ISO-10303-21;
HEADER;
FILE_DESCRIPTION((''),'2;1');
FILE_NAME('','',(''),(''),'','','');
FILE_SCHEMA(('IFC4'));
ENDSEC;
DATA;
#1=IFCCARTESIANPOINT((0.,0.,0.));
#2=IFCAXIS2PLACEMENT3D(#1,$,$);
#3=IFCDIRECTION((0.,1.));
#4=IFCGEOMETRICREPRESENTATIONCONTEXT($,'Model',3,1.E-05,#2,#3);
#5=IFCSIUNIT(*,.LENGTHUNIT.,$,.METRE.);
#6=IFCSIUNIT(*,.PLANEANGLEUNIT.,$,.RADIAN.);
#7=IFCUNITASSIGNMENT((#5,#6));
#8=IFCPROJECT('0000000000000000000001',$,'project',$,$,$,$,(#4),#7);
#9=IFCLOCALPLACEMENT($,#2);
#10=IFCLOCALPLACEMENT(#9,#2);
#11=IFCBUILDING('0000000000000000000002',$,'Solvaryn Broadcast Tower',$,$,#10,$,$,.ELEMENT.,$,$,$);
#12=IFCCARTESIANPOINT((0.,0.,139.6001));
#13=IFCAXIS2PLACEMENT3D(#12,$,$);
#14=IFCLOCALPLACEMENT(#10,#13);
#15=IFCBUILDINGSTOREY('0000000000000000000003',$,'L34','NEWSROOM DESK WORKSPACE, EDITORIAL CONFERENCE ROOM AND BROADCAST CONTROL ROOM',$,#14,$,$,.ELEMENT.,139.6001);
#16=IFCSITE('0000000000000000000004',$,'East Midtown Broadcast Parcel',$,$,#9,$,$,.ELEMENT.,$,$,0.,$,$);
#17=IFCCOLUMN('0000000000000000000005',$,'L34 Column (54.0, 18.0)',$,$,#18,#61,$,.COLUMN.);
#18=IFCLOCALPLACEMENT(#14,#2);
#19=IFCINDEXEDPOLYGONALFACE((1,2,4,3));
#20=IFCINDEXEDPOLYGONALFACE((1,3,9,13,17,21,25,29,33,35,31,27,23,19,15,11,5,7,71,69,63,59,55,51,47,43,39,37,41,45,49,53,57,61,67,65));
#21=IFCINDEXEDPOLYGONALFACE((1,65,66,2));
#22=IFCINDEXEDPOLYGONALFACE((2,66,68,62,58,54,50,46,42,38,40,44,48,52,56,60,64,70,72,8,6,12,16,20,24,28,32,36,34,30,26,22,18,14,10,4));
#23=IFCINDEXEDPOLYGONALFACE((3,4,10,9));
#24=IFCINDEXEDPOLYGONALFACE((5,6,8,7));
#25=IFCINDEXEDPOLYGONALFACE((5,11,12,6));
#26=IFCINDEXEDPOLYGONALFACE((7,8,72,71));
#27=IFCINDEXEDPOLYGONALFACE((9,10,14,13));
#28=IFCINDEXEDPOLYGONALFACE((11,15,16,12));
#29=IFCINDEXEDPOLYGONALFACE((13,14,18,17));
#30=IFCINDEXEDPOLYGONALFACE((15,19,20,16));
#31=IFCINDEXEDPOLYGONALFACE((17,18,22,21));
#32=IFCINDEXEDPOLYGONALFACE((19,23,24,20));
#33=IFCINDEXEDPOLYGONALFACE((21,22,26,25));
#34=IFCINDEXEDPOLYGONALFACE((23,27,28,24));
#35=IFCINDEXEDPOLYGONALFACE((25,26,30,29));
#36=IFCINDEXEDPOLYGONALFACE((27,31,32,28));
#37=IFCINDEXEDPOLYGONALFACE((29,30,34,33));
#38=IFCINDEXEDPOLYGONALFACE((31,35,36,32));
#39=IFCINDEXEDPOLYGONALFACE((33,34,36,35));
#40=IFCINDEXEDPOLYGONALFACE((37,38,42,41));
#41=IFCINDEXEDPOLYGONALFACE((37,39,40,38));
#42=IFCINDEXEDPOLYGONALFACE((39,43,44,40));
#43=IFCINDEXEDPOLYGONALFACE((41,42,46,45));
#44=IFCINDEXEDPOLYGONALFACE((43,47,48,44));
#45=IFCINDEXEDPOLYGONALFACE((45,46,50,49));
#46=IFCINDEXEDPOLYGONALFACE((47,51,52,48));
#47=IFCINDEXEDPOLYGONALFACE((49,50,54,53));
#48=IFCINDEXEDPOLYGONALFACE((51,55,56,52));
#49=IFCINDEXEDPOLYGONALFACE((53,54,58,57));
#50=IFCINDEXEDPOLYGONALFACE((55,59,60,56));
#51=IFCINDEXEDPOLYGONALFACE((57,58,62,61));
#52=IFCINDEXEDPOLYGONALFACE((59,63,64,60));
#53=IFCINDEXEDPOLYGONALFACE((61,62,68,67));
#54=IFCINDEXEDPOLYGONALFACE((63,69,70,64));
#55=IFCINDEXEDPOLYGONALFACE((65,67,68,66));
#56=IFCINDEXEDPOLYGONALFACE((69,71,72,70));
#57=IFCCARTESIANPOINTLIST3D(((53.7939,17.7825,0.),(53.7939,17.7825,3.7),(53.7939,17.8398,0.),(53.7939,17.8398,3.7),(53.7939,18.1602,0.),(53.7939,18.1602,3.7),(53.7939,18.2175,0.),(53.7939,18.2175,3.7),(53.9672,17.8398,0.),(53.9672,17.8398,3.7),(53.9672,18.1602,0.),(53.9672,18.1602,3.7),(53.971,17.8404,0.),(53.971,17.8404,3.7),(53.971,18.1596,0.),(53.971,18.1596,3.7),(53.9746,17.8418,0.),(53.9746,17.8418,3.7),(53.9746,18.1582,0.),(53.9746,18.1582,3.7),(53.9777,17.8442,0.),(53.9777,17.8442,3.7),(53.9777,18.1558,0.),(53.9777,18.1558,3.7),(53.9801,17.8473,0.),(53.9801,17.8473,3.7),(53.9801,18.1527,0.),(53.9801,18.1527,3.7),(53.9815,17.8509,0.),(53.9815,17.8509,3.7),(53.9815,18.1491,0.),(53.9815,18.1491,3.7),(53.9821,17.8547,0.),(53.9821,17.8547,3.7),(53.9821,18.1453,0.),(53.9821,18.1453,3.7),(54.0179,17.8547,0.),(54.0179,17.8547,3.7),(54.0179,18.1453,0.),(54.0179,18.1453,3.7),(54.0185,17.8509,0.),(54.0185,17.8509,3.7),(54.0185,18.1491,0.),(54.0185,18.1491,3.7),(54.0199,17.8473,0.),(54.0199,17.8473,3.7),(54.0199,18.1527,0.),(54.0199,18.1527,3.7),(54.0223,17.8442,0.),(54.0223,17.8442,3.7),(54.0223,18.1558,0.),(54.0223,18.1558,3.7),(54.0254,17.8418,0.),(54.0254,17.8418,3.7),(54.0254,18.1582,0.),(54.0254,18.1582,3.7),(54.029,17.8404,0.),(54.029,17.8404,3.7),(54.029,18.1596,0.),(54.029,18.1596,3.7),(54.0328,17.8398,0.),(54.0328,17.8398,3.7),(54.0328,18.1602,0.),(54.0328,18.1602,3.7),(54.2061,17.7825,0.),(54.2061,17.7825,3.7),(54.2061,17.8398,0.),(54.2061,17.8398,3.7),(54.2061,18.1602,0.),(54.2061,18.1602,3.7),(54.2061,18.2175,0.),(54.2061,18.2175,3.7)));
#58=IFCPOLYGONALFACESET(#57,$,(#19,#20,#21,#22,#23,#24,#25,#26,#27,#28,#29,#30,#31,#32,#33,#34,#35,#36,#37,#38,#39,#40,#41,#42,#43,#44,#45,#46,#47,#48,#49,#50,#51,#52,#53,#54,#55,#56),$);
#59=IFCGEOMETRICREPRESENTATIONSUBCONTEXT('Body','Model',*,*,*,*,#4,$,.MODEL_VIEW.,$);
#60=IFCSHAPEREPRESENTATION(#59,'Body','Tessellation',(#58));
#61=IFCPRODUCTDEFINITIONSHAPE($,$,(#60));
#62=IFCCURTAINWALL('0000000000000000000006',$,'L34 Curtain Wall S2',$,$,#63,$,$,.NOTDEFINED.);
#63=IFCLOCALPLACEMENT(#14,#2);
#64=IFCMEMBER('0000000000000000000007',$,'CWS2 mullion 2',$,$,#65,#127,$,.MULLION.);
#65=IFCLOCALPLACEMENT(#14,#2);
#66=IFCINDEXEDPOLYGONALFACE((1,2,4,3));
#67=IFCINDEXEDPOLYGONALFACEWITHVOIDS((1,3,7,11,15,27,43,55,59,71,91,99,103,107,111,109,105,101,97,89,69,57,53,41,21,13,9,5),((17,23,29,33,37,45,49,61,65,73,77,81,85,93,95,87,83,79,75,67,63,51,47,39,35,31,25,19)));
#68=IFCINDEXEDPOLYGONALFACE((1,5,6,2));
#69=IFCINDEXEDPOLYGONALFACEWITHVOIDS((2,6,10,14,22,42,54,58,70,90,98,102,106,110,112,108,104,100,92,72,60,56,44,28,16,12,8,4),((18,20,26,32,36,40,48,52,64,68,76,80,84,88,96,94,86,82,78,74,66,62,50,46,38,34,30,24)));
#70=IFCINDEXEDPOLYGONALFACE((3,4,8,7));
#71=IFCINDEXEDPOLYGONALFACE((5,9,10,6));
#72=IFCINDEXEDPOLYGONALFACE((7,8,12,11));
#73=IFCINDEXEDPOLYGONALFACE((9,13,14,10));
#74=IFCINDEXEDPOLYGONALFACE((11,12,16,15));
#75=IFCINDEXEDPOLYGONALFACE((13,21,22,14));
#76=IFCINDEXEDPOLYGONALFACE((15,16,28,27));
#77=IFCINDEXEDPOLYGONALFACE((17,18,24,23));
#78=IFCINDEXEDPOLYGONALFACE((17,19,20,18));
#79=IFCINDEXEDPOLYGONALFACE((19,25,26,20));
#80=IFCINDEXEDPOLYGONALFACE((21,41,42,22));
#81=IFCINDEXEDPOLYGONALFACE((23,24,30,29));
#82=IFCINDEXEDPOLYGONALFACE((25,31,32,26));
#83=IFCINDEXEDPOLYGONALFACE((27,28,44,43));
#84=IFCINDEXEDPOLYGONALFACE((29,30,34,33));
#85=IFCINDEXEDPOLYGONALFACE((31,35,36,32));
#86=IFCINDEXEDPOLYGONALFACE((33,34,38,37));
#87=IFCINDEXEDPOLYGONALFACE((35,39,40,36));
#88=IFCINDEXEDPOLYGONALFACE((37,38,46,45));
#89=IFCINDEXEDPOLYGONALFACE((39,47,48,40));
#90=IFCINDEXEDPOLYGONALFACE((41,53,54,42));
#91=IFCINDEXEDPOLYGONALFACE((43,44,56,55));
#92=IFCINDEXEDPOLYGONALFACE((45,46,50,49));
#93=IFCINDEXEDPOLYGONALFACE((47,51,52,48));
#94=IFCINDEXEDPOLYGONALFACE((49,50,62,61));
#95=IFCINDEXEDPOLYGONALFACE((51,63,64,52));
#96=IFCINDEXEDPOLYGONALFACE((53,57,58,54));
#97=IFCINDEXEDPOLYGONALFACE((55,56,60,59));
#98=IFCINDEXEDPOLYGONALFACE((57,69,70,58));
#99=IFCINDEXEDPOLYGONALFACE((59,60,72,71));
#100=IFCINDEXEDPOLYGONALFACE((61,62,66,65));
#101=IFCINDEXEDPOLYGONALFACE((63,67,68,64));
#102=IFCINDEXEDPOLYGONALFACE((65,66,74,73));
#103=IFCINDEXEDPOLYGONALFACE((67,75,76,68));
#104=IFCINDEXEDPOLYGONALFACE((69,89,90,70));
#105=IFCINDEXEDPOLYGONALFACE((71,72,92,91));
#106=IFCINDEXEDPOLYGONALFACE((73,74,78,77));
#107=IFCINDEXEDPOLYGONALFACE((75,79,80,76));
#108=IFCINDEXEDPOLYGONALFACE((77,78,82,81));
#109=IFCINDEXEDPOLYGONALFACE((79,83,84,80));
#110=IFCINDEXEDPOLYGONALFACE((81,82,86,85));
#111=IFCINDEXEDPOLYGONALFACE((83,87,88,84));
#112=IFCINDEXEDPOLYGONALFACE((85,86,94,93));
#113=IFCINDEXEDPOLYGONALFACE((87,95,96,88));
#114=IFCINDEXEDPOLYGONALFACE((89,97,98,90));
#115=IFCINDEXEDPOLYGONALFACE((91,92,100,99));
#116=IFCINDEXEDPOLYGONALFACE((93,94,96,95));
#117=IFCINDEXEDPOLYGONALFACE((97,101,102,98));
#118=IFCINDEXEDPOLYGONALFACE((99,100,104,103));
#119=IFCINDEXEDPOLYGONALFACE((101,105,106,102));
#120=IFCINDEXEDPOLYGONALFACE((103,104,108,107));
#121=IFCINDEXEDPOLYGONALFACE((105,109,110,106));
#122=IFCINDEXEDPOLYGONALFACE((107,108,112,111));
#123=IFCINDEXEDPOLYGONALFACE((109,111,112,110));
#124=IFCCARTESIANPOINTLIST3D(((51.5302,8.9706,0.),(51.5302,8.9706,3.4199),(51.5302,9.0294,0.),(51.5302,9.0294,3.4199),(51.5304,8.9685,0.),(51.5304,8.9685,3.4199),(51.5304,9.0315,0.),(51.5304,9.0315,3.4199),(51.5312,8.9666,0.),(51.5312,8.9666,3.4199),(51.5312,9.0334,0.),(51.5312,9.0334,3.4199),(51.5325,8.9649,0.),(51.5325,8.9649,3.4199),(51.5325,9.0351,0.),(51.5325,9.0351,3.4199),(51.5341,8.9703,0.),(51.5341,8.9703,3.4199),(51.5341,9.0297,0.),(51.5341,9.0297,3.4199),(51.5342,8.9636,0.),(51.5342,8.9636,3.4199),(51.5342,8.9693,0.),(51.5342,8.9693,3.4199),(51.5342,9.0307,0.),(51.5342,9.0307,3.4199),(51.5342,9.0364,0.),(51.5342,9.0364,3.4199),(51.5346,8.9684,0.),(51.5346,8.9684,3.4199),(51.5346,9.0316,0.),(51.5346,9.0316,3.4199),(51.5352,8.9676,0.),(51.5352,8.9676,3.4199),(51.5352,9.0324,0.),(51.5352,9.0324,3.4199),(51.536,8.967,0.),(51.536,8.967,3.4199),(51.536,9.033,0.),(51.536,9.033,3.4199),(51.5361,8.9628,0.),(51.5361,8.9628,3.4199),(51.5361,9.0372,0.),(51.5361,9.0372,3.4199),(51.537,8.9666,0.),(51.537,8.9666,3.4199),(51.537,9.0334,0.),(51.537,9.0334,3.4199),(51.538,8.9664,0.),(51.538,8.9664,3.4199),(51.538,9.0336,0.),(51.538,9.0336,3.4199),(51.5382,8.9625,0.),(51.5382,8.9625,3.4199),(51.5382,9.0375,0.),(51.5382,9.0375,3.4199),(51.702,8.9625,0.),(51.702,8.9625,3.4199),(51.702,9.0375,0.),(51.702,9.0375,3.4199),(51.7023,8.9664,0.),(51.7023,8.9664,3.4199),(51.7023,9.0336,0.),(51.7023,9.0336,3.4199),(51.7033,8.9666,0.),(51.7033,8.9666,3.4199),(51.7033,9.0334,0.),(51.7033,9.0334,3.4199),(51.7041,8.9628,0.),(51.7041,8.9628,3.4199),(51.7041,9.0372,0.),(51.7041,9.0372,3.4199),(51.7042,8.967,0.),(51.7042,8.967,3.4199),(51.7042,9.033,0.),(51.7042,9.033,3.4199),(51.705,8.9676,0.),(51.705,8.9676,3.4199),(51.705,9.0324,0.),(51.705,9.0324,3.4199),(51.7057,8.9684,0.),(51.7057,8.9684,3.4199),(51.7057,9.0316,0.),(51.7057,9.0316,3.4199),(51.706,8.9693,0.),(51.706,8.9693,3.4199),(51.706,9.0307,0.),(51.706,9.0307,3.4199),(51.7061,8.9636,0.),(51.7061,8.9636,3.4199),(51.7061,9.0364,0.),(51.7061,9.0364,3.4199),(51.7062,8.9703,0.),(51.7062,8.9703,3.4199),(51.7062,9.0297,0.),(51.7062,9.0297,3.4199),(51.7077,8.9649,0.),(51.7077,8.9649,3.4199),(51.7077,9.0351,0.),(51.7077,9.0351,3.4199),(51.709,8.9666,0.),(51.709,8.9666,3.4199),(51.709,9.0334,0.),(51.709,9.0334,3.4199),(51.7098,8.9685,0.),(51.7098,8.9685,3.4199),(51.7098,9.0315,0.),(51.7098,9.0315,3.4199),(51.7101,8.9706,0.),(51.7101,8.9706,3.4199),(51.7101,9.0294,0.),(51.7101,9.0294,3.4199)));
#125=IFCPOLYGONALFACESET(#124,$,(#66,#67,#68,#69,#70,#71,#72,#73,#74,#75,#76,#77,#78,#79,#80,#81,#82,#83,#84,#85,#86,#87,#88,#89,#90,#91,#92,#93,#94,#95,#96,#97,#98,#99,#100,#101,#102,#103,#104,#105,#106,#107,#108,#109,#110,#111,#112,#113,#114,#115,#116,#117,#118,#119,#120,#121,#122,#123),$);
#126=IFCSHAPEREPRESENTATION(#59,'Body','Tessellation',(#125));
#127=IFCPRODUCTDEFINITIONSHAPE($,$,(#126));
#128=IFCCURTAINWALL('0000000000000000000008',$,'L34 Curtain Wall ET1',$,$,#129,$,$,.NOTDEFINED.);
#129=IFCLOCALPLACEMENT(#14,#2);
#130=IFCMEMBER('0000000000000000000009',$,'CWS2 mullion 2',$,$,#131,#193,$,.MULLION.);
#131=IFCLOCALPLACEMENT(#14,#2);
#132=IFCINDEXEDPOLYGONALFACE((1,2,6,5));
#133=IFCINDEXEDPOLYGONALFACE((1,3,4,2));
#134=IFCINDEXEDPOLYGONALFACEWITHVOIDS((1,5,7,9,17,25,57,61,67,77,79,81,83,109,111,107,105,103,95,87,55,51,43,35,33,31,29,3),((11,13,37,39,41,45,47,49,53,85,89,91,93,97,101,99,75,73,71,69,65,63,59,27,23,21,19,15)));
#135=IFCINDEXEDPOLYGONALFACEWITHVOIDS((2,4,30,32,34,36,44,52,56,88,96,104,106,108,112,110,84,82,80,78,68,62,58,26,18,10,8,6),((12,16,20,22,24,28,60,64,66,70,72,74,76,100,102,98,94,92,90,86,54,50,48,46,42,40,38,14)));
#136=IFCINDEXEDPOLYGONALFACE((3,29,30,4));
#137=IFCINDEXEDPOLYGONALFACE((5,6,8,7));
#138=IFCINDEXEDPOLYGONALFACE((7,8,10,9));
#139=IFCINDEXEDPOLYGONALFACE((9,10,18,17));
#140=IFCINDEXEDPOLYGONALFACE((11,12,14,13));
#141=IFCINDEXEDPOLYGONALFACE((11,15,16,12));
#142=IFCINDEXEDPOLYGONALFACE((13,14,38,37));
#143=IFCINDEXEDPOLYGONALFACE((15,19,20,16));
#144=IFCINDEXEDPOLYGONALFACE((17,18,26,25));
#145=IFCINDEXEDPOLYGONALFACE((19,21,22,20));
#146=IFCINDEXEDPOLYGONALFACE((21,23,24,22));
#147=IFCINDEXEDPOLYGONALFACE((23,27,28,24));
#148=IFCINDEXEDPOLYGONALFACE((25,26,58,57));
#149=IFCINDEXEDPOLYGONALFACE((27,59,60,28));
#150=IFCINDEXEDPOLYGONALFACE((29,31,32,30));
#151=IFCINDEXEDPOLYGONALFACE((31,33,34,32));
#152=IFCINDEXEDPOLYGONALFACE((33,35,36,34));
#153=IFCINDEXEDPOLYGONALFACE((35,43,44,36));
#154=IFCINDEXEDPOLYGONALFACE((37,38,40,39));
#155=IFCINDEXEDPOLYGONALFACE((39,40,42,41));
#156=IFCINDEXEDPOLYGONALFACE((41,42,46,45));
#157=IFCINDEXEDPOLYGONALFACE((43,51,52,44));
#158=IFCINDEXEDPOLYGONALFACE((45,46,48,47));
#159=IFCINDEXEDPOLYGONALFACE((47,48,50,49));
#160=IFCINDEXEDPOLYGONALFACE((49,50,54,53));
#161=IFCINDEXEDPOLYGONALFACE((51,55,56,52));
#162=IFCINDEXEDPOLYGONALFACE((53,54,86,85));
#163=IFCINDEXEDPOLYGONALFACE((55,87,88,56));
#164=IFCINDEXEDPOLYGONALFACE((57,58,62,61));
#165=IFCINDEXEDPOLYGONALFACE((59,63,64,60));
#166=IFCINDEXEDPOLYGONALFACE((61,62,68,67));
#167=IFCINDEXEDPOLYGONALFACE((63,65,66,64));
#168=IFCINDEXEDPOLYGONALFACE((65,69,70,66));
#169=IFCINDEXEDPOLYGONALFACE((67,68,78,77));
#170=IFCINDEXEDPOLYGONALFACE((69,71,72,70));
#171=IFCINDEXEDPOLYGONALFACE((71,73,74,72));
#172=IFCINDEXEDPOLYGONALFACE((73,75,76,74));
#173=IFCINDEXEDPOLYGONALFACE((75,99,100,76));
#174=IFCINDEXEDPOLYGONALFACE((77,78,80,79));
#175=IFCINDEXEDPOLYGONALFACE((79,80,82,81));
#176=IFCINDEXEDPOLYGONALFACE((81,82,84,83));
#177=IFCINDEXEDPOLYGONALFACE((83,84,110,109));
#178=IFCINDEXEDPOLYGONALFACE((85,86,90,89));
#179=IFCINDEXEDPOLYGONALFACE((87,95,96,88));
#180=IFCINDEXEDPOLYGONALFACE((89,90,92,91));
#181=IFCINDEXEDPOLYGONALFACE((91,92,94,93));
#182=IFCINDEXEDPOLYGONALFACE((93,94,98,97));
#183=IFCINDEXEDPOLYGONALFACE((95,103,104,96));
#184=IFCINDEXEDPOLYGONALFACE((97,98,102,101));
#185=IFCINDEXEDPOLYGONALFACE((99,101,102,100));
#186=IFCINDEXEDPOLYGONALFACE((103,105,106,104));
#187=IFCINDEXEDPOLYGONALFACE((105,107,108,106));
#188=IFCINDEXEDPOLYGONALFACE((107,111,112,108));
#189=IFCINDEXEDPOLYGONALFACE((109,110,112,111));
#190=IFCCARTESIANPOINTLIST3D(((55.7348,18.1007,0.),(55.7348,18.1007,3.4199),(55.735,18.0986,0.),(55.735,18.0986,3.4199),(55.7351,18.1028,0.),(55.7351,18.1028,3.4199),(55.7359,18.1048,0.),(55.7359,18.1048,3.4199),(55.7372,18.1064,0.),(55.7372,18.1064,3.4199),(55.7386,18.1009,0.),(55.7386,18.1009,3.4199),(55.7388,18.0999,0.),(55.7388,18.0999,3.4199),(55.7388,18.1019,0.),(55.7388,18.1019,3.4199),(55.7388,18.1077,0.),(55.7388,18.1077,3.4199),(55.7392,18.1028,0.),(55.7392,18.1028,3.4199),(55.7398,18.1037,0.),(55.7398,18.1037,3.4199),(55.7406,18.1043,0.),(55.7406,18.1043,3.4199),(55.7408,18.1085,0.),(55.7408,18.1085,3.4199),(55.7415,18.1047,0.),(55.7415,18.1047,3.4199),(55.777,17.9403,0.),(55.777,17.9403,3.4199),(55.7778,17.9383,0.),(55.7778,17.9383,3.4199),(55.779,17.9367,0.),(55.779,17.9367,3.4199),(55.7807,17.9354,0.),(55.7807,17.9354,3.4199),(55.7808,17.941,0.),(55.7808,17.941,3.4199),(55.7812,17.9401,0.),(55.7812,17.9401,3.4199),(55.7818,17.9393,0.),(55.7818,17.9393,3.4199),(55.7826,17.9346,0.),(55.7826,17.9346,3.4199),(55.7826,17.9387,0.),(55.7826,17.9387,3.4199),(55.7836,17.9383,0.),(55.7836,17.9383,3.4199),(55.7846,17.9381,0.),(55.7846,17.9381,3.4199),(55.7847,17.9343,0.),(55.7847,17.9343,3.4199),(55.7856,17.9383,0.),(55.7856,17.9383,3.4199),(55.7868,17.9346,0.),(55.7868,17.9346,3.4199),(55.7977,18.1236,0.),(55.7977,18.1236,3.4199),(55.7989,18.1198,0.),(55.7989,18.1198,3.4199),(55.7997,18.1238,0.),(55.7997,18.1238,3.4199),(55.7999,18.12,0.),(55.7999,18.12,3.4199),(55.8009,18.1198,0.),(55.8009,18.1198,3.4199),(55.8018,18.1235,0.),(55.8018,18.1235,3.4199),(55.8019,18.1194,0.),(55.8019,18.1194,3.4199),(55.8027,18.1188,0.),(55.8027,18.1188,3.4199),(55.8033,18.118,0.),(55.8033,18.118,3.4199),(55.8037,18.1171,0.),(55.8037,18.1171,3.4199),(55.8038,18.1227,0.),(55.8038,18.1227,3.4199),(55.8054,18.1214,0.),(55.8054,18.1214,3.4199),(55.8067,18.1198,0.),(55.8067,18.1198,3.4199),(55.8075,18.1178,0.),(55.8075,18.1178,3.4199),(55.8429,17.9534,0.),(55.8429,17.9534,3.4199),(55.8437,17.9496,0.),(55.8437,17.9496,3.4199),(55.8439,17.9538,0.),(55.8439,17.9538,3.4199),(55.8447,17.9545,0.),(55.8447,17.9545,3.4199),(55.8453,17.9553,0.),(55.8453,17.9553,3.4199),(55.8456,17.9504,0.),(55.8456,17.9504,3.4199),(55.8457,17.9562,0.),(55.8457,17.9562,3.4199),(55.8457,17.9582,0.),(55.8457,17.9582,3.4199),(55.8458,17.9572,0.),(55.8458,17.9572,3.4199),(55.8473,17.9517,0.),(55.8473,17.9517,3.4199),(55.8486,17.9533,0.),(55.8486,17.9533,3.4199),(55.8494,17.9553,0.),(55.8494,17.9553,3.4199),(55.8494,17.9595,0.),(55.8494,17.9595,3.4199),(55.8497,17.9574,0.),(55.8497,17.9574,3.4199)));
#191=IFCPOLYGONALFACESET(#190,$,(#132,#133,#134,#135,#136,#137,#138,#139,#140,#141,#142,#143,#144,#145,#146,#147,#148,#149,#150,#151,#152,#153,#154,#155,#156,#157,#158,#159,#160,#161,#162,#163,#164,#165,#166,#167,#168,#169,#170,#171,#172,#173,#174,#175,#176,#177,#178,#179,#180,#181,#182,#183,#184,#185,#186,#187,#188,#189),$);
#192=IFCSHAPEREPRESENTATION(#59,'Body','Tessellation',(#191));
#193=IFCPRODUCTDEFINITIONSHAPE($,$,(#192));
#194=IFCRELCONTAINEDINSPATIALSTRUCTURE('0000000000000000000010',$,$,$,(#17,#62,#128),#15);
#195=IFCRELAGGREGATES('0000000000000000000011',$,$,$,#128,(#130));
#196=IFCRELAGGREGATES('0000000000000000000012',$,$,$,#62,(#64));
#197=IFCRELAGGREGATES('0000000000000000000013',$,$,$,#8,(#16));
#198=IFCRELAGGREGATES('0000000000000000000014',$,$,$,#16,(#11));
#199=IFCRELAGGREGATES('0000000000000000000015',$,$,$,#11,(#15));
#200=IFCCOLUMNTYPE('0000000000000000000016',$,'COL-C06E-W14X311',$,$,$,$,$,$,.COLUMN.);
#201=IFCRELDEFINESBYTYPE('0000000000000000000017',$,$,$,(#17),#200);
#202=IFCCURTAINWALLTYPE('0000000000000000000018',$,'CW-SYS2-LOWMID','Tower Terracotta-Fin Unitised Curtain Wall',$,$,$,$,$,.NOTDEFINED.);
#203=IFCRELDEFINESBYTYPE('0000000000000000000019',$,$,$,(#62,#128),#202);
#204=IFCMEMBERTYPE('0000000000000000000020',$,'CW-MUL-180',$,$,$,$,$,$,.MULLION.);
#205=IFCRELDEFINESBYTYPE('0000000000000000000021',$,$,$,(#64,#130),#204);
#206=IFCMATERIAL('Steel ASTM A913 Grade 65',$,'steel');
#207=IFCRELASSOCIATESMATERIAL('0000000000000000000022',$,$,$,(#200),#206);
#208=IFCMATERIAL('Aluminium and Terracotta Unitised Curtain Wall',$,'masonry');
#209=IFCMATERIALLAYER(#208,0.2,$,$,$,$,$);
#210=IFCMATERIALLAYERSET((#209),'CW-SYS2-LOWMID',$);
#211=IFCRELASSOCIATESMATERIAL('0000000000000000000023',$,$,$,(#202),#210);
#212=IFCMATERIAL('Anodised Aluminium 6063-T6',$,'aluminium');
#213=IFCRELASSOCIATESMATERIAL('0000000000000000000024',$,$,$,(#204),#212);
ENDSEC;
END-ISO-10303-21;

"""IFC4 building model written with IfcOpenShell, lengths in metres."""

from ifc_helpers import new_model, si_unit, direction, frame, origin, origin_2d, place, context, subcontext, project, spatial, hollow_rectangle, i_section, extrude, material, layer, layer_set, material_profile, profile_set, type_object, element, aggregate, save


model = new_model("IFC4")

# Units and contexts
model_context = context("Model", 3, precision=1e-05, world=origin(), true_north=direction((0.0, 1.0)))
body_context = subcontext(model_context, "Body", "Model", "MODEL_VIEW")
ifc_project = project(units=[si_unit("LENGTHUNIT", "METRE"), si_unit("PLANEANGLEUNIT", "RADIAN")], contexts=[model_context])

# Site, building, storey
site_placement = place(None, origin())
site = spatial("IfcSite", under=ifc_project, at=site_placement, Name="East Midtown Broadcast Parcel", CompositionType="ELEMENT", RefElevation=0.0)
building_placement = place(site_placement, origin())
building = spatial("IfcBuilding", under=site, at=building_placement, Name="Solvaryn Broadcast Tower", CompositionType="ELEMENT")
storey_placement = place(building_placement, frame((0.0, 0.0, 139.6001)))
storey = spatial("IfcBuildingStorey", under=building, at=storey_placement, Name="L34", Description="NEWSROOM DESK WORKSPACE, EDITORIAL CONFERENCE ROOM AND BROADCAST CONTROL ROOM", CompositionType="ELEMENT", Elevation=139.6001)

# Column
ifc_material_1 = material(Name="Steel ASTM A913 Grade 65", Category="steel")
ifc_material_profile_1 = material_profile(ifc_material_1, i_section(OverallWidth=0.4121, OverallDepth=0.4351, WebThickness=0.0359, FlangeThickness=0.0574, FilletRadius=0.0149, at=origin_2d()))
ifc_profile_set_1 = profile_set([ifc_material_profile_1], Name="Steel ASTM A913 Grade 65")
column_type = type_object("IfcColumnType", Name="COL-C06E-W14X311", PredefinedType="COLUMN", material=ifc_profile_set_1)
column_placement = place(storey_placement, frame((54.0, 18.0, 0.0), z_axis=(0.0, 0.0, 1.0), x_axis=(1.0, 0.0, 0.0)))
element("IfcColumn", 1, at=column_placement, inside=storey, type_object=column_type, Name="L34 Column (54.0, 18.0)", PredefinedType="COLUMN", context=body_context, shape_type="SweptSolid", body=[
    extrude(i_section(OverallWidth=0.4121, OverallDepth=0.4351, WebThickness=0.0359, FlangeThickness=0.0574, FilletRadius=0.0149, at=origin_2d()), origin(), (0.0, 0.0, 1.0), 3.7),
])

# Curtain walls, members
ifc_material_2 = material(Name="Aluminium and Terracotta Unitised Curtain Wall", Category="masonry")
ifc_layer_1 = layer(ifc_material_2, 0.2)
ifc_layer_set_1 = layer_set([ifc_layer_1], Name="CW-SYS2-LOWMID")
curtain_wall_type = type_object("IfcCurtainWallType", Name="CW-SYS2-LOWMID", Description="Tower Terracotta-Fin Unitised Curtain Wall", PredefinedType="NOTDEFINED", material=ifc_layer_set_1)
curtain_wall_1_placement = place(storey_placement, origin())
curtain_wall_1 = element("IfcCurtainWall", 2, at=curtain_wall_1_placement, inside=storey, type_object=curtain_wall_type, Name="L34 Curtain Wall S2", PredefinedType="NOTDEFINED")
ifc_material_3 = material(Name="Anodised Aluminium 6063-T6", Category="aluminium")
ifc_material_profile_2 = material_profile(ifc_material_3, hollow_rectangle(XDim=0.075, YDim=0.1799, WallThickness=0.0039, InnerFilletRadius=0.0039, OuterFilletRadius=0.0081, at=origin_2d()))
ifc_profile_set_2 = profile_set([ifc_material_profile_2], Name="Anodised Aluminium 6063-T6")
member_type_1 = type_object("IfcMemberType", Name="CW-MUL-180", PredefinedType="MULLION", material=ifc_profile_set_2)
member_1_placement = place(storey_placement, frame((51.6201, 9.0, 0.0), z_axis=(0.0, 0.0, 1.0), x_axis=(0.0, 1.0, 0.0)))
member_1 = element("IfcMember", 3, at=member_1_placement, type_object=member_type_1, Name="CWS2 mullion 2", PredefinedType="MULLION", context=body_context, shape_type="SweptSolid", body=[
    extrude(hollow_rectangle(XDim=0.075, YDim=0.1799, WallThickness=0.0039, InnerFilletRadius=0.0039, OuterFilletRadius=0.0081, at=origin_2d()), origin(), (0.0, 0.0, 1.0), 3.4199),
])
curtain_wall_2_placement = place(storey_placement, origin())
curtain_wall_2 = element("IfcCurtainWall", 4, at=curtain_wall_2_placement, inside=storey, type_object=curtain_wall_type, Name="L34 Curtain Wall ET1", PredefinedType="NOTDEFINED")
member_2_placement = place(storey_placement, frame((55.7922, 18.0291, 0.0), z_axis=(0.0, 0.0, 1.0), x_axis=(0.966705, 0.255893, 0.0)))
member_2 = element("IfcMember", 5, at=member_2_placement, type_object=member_type_1, Name="CWS2 mullion 2", PredefinedType="MULLION", context=body_context, shape_type="SweptSolid", body=[
    extrude(hollow_rectangle(XDim=0.075, YDim=0.1799, WallThickness=0.0039, InnerFilletRadius=0.0039, OuterFilletRadius=0.0081, at=origin_2d()), origin(), (0.0, 0.0, 1.0), 3.4199),
])
aggregate(curtain_wall_2, [member_2])

aggregate(curtain_wall_1, [member_1])

save(model, "model.ifc")
